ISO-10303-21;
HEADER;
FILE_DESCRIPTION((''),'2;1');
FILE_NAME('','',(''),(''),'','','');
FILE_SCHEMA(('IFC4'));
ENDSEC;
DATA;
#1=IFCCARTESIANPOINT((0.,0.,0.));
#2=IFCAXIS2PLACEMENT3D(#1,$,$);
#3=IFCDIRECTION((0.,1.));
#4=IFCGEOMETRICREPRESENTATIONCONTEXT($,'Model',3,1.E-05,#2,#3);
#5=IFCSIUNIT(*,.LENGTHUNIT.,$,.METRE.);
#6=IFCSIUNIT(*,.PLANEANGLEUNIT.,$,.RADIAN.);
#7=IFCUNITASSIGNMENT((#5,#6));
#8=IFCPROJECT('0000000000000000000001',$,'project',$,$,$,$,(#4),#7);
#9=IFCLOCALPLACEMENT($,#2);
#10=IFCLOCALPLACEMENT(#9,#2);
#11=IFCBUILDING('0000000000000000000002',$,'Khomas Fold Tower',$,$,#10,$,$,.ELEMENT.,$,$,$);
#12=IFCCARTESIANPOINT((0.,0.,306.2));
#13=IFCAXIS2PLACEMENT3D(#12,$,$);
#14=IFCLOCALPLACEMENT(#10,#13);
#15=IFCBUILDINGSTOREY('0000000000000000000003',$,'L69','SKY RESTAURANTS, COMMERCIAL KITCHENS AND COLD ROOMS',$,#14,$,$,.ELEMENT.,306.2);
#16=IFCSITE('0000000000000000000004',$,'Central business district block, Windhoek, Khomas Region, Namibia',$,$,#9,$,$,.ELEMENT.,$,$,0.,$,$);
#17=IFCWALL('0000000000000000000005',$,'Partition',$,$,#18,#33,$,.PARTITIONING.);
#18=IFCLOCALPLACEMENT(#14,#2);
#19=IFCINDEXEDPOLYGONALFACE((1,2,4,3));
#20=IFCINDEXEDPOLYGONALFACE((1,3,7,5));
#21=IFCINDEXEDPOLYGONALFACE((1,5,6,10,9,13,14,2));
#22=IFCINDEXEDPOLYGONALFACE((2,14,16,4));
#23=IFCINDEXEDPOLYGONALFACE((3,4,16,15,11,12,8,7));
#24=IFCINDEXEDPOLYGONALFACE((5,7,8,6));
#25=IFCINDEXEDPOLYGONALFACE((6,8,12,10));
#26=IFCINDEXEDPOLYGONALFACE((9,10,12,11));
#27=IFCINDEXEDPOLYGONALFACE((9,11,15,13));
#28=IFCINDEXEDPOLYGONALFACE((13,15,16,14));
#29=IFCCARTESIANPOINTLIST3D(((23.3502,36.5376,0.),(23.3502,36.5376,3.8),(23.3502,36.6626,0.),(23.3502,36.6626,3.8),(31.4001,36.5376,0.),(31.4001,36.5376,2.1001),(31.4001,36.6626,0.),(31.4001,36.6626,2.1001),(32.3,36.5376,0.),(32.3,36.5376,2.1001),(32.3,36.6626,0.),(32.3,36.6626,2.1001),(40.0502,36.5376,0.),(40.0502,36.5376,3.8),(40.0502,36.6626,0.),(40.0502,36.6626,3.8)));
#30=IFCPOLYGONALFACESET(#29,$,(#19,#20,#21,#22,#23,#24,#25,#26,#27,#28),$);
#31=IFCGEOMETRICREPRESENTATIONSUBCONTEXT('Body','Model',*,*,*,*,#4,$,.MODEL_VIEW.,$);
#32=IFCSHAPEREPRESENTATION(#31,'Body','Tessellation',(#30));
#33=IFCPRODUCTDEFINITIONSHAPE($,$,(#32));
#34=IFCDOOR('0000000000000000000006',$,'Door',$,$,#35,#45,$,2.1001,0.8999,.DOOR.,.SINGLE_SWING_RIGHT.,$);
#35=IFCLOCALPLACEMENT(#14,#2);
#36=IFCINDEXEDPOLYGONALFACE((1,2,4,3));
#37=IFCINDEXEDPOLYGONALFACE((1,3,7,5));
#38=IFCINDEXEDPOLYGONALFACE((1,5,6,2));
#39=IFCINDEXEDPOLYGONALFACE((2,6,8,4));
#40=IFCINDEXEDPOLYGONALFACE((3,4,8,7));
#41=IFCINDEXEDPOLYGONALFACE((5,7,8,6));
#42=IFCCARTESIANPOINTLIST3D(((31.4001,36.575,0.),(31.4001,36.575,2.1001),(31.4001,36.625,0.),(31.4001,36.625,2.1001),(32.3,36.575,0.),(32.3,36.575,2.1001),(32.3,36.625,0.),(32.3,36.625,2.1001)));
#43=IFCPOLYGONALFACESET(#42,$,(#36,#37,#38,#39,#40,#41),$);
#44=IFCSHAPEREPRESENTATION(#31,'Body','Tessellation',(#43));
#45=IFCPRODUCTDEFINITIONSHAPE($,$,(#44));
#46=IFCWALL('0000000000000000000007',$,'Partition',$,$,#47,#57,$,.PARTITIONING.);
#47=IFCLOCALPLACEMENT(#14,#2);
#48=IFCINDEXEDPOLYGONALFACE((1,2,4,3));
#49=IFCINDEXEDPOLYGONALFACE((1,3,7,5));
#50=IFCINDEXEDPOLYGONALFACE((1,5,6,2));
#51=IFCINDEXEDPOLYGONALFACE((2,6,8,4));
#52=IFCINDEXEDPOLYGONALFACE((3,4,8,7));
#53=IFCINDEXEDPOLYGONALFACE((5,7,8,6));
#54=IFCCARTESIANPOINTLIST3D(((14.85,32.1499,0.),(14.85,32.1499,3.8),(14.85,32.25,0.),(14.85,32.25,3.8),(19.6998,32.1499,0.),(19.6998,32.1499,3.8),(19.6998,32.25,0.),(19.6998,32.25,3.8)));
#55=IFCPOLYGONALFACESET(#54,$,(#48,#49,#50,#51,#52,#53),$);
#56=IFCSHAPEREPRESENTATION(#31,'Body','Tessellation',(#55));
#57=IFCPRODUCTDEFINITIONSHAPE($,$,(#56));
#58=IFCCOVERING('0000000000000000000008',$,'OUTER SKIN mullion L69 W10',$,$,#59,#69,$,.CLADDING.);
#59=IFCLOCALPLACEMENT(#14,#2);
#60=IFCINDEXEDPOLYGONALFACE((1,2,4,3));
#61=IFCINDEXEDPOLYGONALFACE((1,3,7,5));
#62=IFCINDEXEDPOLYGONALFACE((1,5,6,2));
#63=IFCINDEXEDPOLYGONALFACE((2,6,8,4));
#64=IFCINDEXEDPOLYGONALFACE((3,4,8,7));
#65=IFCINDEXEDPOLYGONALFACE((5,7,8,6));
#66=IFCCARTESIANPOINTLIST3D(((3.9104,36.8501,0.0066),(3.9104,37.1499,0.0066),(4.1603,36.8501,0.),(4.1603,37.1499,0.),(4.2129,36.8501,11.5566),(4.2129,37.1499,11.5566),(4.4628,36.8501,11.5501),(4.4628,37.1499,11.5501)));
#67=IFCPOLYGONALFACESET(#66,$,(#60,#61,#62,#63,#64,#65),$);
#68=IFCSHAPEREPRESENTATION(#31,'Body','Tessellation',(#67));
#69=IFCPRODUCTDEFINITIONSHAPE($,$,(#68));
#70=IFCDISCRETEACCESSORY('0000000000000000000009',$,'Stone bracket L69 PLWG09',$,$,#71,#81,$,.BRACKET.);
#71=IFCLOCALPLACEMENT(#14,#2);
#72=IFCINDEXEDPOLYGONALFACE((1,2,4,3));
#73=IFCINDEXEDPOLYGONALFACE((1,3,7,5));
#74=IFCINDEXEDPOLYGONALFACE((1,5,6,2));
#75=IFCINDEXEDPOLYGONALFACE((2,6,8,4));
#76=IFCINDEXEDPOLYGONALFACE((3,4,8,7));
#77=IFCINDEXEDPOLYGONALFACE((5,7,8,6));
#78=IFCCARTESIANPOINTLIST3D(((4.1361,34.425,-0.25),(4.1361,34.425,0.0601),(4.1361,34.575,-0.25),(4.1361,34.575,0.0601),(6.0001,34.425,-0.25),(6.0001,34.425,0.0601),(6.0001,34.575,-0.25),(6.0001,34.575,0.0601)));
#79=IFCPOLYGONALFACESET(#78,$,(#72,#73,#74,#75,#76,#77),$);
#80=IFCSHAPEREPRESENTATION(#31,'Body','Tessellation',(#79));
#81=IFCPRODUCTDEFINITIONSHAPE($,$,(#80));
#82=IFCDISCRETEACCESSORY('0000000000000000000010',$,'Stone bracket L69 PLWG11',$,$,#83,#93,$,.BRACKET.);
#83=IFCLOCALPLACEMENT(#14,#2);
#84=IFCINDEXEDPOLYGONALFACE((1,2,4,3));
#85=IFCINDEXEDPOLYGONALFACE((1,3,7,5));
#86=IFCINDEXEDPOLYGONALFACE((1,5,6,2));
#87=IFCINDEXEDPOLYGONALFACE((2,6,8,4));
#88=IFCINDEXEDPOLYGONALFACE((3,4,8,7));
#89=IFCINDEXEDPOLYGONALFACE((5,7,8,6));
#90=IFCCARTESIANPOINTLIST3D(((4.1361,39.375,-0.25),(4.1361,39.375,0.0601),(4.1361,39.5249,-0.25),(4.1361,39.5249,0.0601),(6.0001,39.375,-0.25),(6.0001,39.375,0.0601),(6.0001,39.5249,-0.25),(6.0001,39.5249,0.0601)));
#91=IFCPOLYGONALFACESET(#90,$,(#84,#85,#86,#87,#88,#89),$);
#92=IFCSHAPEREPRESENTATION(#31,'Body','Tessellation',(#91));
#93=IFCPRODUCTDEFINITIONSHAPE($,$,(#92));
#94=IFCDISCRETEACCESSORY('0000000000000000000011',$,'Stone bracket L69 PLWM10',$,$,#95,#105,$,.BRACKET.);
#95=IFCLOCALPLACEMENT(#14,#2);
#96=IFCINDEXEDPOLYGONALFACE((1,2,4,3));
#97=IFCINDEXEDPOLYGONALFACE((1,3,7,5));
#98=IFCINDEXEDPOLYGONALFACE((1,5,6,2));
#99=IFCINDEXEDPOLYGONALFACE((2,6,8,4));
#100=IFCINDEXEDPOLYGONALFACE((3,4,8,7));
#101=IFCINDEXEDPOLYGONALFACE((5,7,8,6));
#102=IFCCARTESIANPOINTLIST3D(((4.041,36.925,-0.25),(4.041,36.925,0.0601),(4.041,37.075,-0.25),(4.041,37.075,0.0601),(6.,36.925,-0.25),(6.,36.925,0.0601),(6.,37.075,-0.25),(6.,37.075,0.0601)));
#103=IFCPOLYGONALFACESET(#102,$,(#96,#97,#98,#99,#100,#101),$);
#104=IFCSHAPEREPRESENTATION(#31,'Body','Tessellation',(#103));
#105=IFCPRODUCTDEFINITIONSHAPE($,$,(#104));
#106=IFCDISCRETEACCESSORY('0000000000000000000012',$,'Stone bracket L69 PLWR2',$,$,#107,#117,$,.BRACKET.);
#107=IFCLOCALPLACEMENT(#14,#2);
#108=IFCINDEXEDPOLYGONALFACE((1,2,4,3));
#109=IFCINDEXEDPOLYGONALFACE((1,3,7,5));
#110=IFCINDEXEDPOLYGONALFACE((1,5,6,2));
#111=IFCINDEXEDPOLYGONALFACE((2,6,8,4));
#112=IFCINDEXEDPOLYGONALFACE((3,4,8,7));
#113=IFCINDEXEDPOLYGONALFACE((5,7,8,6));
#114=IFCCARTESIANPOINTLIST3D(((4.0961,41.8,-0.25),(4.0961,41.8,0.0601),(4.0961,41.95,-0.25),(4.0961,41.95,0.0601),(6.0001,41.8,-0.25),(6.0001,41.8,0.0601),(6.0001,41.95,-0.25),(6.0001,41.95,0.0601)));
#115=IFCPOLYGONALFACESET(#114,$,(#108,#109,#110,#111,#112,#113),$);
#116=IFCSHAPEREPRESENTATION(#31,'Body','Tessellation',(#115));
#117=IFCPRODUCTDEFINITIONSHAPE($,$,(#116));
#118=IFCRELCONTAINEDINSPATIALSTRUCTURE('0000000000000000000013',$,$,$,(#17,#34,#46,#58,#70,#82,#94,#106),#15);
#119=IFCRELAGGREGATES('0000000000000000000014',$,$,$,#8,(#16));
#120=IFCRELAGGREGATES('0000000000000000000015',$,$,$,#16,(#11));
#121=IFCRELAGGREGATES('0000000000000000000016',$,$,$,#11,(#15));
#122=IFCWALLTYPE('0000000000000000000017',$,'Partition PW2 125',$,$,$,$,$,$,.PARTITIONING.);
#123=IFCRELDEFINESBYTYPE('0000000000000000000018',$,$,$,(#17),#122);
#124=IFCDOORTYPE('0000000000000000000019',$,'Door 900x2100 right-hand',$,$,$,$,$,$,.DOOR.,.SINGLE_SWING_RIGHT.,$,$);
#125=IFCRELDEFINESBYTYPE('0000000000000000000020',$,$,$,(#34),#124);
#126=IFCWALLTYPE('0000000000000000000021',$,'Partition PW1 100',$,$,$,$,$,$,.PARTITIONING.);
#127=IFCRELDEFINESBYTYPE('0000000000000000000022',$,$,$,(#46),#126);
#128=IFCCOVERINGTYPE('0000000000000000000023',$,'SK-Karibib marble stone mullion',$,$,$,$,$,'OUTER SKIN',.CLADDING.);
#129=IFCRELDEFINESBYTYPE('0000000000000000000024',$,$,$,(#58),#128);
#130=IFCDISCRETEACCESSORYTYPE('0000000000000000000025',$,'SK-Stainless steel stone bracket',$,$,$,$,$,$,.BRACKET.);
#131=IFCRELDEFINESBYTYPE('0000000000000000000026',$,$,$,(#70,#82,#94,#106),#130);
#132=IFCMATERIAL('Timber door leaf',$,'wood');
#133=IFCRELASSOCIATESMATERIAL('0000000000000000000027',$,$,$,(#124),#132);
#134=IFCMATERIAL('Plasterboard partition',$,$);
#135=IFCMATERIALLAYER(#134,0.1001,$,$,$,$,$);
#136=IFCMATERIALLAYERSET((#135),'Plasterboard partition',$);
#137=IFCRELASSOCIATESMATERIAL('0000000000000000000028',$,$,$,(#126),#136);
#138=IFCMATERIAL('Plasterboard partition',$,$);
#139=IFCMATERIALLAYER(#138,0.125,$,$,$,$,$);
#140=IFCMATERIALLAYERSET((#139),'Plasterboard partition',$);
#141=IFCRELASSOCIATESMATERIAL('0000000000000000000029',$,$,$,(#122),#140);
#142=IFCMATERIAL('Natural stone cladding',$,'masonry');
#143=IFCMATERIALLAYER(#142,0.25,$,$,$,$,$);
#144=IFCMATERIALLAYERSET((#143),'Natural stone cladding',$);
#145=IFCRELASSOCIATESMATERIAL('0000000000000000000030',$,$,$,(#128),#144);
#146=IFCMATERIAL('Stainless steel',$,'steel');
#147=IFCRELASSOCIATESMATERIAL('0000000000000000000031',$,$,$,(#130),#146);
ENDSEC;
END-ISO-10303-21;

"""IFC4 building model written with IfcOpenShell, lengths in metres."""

from ifc_helpers import new_model, si_unit, direction, frame, frame_2d, origin, origin_2d, place, context, subcontext, project, spatial, polyline, rectangle, outline, extrude, source, transform, mapped, material, layer, layer_set, type_object, element, fill, save


model = new_model("IFC4")

# Units and contexts
model_context = context("Model", 3, precision=1e-05, world=origin(), true_north=direction((0.0, 1.0)))
body_context = subcontext(model_context, "Body", "Model", "MODEL_VIEW")
ifc_project = project(units=[si_unit("LENGTHUNIT", "METRE"), si_unit("PLANEANGLEUNIT", "RADIAN")], contexts=[model_context])

# Site, building, storey
site_placement = place(None, origin())
site = spatial("IfcSite", under=ifc_project, at=site_placement, Name="Central business district block, Windhoek, Khomas Region, Namibia", CompositionType="ELEMENT", RefElevation=0.0)
building_placement = place(site_placement, origin())
building = spatial("IfcBuilding", under=site, at=building_placement, Name="Khomas Fold Tower", CompositionType="ELEMENT")
storey_placement = place(building_placement, frame((0.0, 0.0, 306.2)))
storey = spatial("IfcBuildingStorey", under=building, at=storey_placement, Name="L69", Description="SKY RESTAURANTS, COMMERCIAL KITCHENS AND COLD ROOMS", CompositionType="ELEMENT", Elevation=306.2)

# Shared definitions
ifc_material_1 = material(Name="Timber door leaf", Category="wood")
door_type = type_object("IfcDoorType", Name="Door 900x2100 right-hand", OperationType="SINGLE_SWING_RIGHT", PredefinedType="DOOR", material=ifc_material_1)

# Shared definitions
ifc_material_2 = material(Name="Plasterboard partition")
ifc_layer_1 = layer(ifc_material_2, 0.1001)
ifc_layer_set_1 = layer_set([ifc_layer_1], Name="Plasterboard partition")
wall_type_1 = type_object("IfcWallType", Name="Partition PW1 100", PredefinedType="PARTITIONING", material=ifc_layer_set_1)

# Wall, opening, door
ifc_material_3 = material(Name="Plasterboard partition")
ifc_layer_2 = layer(ifc_material_3, 0.125)
ifc_layer_set_2 = layer_set([ifc_layer_2], Name="Plasterboard partition")
wall_type_2 = type_object("IfcWallType", Name="Partition PW2 125", PredefinedType="PARTITIONING", material=ifc_layer_set_2)
shared_shape_1 = source(origin(), body_context, "Body", "SweptSolid", [
    extrude(rectangle(XDim=16.7, YDim=0.125, at=frame_2d((8.3501, 0.0))), origin(), (0.0, 0.0, 1.0), 3.8),
])
wall_1_placement = place(storey_placement, frame((23.3501, 36.6001, 0.0), z_axis=(0.0, 0.0, 1.0), x_axis=(1.0, 0.0, 0.0)))
wall_1 = element("IfcWall", 1, at=wall_1_placement, inside=storey, type_object=wall_type_2, Name="Partition", PredefinedType="PARTITIONING", context=body_context, shape_type="MappedRepresentation", body=[
    mapped(shared_shape_1, transform((0.0, 0.0, 0.0))),
])
shared_shape_2 = source(origin(), body_context, "Body", "SweptSolid", [
    extrude(rectangle(XDim=0.8999, YDim=2.1001, at=frame_2d((0.45, 1.05))), frame((0.0, 0.0725, 0.0), z_axis=(0.0, -1.0, 0.0), x_axis=(1.0, 0.0, 0.0)), (0.0, 0.0, 1.0), 0.145),
])
opening_1_placement = place(wall_1_placement, frame((8.05, 0.0, 0.0)))
opening_1 = element("IfcOpeningElement", 2, at=opening_1_placement, cuts=wall_1, PredefinedType="OPENING", context=body_context, shape_type="MappedRepresentation", body=[
    mapped(shared_shape_2, transform((0.0, 0.0, 0.0))),
])
shared_shape_3 = source(origin(), body_context, "Body", "SweptSolid", [
    extrude(rectangle(XDim=0.8999, YDim=2.1001, at=frame_2d((0.45, 1.05))), frame((0.0, 0.0249, 0.0), z_axis=(0.0, -1.0, 0.0), x_axis=(1.0, 0.0, 0.0)), (0.0, 0.0, 1.0), 0.05),
])
door_1_placement = place(opening_1_placement, origin())
door_1 = element("IfcDoor", 3, at=door_1_placement, inside=storey, type_object=door_type, Name="Door", OperationType="SINGLE_SWING_RIGHT", OverallHeight=2.1001, OverallWidth=0.8999, PredefinedType="DOOR", context=body_context, shape_type="MappedRepresentation", body=[
    mapped(shared_shape_3, transform((0.0, 0.0, 0.0))),
])
fill(opening_1, door_1)

# Wall
shared_shape_4 = source(origin(), body_context, "Body", "SweptSolid", [
    extrude(rectangle(XDim=4.8499, YDim=0.1001, at=frame_2d((2.4248, 0.0))), origin(), (0.0, 0.0, 1.0), 3.8),
])
wall_2_placement = place(storey_placement, frame((14.8501, 32.2, 0.0), z_axis=(0.0, 0.0, 1.0), x_axis=(1.0, 0.0, 0.0)))
element("IfcWall", 4, at=wall_2_placement, inside=storey, type_object=wall_type_1, Name="Partition", PredefinedType="PARTITIONING", context=body_context, shape_type="MappedRepresentation", body=[
    mapped(shared_shape_4, transform((0.0, 0.0, 0.0))),
])

# Covering
ifc_material_4 = material(Name="Natural stone cladding", Category="masonry")
ifc_layer_3 = layer(ifc_material_4, 0.25)
ifc_layer_set_3 = layer_set([ifc_layer_3], Name="Natural stone cladding")
covering_type = type_object("IfcCoveringType", Name="SK-Karibib marble stone mullion", ElementType="OUTER SKIN", PredefinedType="CLADDING", material=ifc_layer_set_3)
covering_placement = place(storey_placement, frame((3.9104, 36.8501, 0.0066), z_axis=(-0.999657, 0.0, 0.026181), x_axis=(0.0, 1.0, 0.0)))
element("IfcCovering", 5, at=covering_placement, inside=storey, type_object=covering_type, Name="OUTER SKIN mullion L69 W10", PredefinedType="CLADDING", context=body_context, shape_type="SweptSolid", body=[
    extrude(outline(polyline([(0.0, 0.0), (0.2998, 0.0), (0.2998, -11.554), (0.0, -11.554), (0.0, 0.0)])), origin(), (0.0, 0.0, -1.0), 0.25),
])

# Discrete accessories
ifc_material_5 = material(Name="Stainless steel", Category="steel")
discrete_accessory_type = type_object("IfcDiscreteAccessoryType", Name="SK-Stainless steel stone bracket", PredefinedType="BRACKET", material=ifc_material_5)
shared_shape_5 = source(origin(), body_context, "Body", "SweptSolid", [
    extrude(rectangle(XDim=1.864, YDim=0.1499, at=origin_2d()), origin(), (0.0, 0.0, 1.0), 0.3101),
])
for number, where, z_axis, x_axis, name in (
    (6, (5.0681, 34.5, -0.25), (0.0, 0.0, 1.0), (-1.0, 0.0, 0.0), "Stone bracket L69 PLWG09"),
    (7, (5.0681, 39.45, -0.25), (0.0, 0.0, 1.0), (-1.0, 0.0, 0.0), "Stone bracket L69 PLWG11"),
):
    element("IfcDiscreteAccessory", number, at=place(storey_placement, frame(where, z_axis=z_axis, x_axis=x_axis)), inside=storey, type_object=discrete_accessory_type, Name=name, PredefinedType="BRACKET", context=body_context, shape_type="MappedRepresentation", body=[
        mapped(shared_shape_5, transform((0.0, 0.0, 0.0))),
    ])
shared_shape_6 = source(origin(), body_context, "Body", "SweptSolid", [
    extrude(rectangle(XDim=1.959, YDim=0.1499, at=origin_2d()), origin(), (0.0, 0.0, 1.0), 0.3101),
])
discrete_accessory_1_placement = place(storey_placement, frame((5.0205, 37.0, -0.25), z_axis=(0.0, 0.0, 1.0), x_axis=(-1.0, 0.0, 0.0)))
element("IfcDiscreteAccessory", 8, at=discrete_accessory_1_placement, inside=storey, type_object=discrete_accessory_type, Name="Stone bracket L69 PLWM10", PredefinedType="BRACKET", context=body_context, shape_type="MappedRepresentation", body=[
    mapped(shared_shape_6, transform((0.0, 0.0, 0.0))),
])
shared_shape_7 = source(origin(), body_context, "Body", "SweptSolid", [
    extrude(rectangle(XDim=1.9041, YDim=0.1499, at=origin_2d()), origin(), (0.0, 0.0, 1.0), 0.3101),
])
discrete_accessory_2_placement = place(storey_placement, frame((5.0481, 41.875, -0.25), z_axis=(0.0, 0.0, 1.0), x_axis=(-1.0, 0.0, 0.0)))
element("IfcDiscreteAccessory", 9, at=discrete_accessory_2_placement, inside=storey, type_object=discrete_accessory_type, Name="Stone bracket L69 PLWR2", PredefinedType="BRACKET", context=body_context, shape_type="MappedRepresentation", body=[
    mapped(shared_shape_7, transform((0.0, 0.0, 0.0))),
])

save(model, "model.ifc")
